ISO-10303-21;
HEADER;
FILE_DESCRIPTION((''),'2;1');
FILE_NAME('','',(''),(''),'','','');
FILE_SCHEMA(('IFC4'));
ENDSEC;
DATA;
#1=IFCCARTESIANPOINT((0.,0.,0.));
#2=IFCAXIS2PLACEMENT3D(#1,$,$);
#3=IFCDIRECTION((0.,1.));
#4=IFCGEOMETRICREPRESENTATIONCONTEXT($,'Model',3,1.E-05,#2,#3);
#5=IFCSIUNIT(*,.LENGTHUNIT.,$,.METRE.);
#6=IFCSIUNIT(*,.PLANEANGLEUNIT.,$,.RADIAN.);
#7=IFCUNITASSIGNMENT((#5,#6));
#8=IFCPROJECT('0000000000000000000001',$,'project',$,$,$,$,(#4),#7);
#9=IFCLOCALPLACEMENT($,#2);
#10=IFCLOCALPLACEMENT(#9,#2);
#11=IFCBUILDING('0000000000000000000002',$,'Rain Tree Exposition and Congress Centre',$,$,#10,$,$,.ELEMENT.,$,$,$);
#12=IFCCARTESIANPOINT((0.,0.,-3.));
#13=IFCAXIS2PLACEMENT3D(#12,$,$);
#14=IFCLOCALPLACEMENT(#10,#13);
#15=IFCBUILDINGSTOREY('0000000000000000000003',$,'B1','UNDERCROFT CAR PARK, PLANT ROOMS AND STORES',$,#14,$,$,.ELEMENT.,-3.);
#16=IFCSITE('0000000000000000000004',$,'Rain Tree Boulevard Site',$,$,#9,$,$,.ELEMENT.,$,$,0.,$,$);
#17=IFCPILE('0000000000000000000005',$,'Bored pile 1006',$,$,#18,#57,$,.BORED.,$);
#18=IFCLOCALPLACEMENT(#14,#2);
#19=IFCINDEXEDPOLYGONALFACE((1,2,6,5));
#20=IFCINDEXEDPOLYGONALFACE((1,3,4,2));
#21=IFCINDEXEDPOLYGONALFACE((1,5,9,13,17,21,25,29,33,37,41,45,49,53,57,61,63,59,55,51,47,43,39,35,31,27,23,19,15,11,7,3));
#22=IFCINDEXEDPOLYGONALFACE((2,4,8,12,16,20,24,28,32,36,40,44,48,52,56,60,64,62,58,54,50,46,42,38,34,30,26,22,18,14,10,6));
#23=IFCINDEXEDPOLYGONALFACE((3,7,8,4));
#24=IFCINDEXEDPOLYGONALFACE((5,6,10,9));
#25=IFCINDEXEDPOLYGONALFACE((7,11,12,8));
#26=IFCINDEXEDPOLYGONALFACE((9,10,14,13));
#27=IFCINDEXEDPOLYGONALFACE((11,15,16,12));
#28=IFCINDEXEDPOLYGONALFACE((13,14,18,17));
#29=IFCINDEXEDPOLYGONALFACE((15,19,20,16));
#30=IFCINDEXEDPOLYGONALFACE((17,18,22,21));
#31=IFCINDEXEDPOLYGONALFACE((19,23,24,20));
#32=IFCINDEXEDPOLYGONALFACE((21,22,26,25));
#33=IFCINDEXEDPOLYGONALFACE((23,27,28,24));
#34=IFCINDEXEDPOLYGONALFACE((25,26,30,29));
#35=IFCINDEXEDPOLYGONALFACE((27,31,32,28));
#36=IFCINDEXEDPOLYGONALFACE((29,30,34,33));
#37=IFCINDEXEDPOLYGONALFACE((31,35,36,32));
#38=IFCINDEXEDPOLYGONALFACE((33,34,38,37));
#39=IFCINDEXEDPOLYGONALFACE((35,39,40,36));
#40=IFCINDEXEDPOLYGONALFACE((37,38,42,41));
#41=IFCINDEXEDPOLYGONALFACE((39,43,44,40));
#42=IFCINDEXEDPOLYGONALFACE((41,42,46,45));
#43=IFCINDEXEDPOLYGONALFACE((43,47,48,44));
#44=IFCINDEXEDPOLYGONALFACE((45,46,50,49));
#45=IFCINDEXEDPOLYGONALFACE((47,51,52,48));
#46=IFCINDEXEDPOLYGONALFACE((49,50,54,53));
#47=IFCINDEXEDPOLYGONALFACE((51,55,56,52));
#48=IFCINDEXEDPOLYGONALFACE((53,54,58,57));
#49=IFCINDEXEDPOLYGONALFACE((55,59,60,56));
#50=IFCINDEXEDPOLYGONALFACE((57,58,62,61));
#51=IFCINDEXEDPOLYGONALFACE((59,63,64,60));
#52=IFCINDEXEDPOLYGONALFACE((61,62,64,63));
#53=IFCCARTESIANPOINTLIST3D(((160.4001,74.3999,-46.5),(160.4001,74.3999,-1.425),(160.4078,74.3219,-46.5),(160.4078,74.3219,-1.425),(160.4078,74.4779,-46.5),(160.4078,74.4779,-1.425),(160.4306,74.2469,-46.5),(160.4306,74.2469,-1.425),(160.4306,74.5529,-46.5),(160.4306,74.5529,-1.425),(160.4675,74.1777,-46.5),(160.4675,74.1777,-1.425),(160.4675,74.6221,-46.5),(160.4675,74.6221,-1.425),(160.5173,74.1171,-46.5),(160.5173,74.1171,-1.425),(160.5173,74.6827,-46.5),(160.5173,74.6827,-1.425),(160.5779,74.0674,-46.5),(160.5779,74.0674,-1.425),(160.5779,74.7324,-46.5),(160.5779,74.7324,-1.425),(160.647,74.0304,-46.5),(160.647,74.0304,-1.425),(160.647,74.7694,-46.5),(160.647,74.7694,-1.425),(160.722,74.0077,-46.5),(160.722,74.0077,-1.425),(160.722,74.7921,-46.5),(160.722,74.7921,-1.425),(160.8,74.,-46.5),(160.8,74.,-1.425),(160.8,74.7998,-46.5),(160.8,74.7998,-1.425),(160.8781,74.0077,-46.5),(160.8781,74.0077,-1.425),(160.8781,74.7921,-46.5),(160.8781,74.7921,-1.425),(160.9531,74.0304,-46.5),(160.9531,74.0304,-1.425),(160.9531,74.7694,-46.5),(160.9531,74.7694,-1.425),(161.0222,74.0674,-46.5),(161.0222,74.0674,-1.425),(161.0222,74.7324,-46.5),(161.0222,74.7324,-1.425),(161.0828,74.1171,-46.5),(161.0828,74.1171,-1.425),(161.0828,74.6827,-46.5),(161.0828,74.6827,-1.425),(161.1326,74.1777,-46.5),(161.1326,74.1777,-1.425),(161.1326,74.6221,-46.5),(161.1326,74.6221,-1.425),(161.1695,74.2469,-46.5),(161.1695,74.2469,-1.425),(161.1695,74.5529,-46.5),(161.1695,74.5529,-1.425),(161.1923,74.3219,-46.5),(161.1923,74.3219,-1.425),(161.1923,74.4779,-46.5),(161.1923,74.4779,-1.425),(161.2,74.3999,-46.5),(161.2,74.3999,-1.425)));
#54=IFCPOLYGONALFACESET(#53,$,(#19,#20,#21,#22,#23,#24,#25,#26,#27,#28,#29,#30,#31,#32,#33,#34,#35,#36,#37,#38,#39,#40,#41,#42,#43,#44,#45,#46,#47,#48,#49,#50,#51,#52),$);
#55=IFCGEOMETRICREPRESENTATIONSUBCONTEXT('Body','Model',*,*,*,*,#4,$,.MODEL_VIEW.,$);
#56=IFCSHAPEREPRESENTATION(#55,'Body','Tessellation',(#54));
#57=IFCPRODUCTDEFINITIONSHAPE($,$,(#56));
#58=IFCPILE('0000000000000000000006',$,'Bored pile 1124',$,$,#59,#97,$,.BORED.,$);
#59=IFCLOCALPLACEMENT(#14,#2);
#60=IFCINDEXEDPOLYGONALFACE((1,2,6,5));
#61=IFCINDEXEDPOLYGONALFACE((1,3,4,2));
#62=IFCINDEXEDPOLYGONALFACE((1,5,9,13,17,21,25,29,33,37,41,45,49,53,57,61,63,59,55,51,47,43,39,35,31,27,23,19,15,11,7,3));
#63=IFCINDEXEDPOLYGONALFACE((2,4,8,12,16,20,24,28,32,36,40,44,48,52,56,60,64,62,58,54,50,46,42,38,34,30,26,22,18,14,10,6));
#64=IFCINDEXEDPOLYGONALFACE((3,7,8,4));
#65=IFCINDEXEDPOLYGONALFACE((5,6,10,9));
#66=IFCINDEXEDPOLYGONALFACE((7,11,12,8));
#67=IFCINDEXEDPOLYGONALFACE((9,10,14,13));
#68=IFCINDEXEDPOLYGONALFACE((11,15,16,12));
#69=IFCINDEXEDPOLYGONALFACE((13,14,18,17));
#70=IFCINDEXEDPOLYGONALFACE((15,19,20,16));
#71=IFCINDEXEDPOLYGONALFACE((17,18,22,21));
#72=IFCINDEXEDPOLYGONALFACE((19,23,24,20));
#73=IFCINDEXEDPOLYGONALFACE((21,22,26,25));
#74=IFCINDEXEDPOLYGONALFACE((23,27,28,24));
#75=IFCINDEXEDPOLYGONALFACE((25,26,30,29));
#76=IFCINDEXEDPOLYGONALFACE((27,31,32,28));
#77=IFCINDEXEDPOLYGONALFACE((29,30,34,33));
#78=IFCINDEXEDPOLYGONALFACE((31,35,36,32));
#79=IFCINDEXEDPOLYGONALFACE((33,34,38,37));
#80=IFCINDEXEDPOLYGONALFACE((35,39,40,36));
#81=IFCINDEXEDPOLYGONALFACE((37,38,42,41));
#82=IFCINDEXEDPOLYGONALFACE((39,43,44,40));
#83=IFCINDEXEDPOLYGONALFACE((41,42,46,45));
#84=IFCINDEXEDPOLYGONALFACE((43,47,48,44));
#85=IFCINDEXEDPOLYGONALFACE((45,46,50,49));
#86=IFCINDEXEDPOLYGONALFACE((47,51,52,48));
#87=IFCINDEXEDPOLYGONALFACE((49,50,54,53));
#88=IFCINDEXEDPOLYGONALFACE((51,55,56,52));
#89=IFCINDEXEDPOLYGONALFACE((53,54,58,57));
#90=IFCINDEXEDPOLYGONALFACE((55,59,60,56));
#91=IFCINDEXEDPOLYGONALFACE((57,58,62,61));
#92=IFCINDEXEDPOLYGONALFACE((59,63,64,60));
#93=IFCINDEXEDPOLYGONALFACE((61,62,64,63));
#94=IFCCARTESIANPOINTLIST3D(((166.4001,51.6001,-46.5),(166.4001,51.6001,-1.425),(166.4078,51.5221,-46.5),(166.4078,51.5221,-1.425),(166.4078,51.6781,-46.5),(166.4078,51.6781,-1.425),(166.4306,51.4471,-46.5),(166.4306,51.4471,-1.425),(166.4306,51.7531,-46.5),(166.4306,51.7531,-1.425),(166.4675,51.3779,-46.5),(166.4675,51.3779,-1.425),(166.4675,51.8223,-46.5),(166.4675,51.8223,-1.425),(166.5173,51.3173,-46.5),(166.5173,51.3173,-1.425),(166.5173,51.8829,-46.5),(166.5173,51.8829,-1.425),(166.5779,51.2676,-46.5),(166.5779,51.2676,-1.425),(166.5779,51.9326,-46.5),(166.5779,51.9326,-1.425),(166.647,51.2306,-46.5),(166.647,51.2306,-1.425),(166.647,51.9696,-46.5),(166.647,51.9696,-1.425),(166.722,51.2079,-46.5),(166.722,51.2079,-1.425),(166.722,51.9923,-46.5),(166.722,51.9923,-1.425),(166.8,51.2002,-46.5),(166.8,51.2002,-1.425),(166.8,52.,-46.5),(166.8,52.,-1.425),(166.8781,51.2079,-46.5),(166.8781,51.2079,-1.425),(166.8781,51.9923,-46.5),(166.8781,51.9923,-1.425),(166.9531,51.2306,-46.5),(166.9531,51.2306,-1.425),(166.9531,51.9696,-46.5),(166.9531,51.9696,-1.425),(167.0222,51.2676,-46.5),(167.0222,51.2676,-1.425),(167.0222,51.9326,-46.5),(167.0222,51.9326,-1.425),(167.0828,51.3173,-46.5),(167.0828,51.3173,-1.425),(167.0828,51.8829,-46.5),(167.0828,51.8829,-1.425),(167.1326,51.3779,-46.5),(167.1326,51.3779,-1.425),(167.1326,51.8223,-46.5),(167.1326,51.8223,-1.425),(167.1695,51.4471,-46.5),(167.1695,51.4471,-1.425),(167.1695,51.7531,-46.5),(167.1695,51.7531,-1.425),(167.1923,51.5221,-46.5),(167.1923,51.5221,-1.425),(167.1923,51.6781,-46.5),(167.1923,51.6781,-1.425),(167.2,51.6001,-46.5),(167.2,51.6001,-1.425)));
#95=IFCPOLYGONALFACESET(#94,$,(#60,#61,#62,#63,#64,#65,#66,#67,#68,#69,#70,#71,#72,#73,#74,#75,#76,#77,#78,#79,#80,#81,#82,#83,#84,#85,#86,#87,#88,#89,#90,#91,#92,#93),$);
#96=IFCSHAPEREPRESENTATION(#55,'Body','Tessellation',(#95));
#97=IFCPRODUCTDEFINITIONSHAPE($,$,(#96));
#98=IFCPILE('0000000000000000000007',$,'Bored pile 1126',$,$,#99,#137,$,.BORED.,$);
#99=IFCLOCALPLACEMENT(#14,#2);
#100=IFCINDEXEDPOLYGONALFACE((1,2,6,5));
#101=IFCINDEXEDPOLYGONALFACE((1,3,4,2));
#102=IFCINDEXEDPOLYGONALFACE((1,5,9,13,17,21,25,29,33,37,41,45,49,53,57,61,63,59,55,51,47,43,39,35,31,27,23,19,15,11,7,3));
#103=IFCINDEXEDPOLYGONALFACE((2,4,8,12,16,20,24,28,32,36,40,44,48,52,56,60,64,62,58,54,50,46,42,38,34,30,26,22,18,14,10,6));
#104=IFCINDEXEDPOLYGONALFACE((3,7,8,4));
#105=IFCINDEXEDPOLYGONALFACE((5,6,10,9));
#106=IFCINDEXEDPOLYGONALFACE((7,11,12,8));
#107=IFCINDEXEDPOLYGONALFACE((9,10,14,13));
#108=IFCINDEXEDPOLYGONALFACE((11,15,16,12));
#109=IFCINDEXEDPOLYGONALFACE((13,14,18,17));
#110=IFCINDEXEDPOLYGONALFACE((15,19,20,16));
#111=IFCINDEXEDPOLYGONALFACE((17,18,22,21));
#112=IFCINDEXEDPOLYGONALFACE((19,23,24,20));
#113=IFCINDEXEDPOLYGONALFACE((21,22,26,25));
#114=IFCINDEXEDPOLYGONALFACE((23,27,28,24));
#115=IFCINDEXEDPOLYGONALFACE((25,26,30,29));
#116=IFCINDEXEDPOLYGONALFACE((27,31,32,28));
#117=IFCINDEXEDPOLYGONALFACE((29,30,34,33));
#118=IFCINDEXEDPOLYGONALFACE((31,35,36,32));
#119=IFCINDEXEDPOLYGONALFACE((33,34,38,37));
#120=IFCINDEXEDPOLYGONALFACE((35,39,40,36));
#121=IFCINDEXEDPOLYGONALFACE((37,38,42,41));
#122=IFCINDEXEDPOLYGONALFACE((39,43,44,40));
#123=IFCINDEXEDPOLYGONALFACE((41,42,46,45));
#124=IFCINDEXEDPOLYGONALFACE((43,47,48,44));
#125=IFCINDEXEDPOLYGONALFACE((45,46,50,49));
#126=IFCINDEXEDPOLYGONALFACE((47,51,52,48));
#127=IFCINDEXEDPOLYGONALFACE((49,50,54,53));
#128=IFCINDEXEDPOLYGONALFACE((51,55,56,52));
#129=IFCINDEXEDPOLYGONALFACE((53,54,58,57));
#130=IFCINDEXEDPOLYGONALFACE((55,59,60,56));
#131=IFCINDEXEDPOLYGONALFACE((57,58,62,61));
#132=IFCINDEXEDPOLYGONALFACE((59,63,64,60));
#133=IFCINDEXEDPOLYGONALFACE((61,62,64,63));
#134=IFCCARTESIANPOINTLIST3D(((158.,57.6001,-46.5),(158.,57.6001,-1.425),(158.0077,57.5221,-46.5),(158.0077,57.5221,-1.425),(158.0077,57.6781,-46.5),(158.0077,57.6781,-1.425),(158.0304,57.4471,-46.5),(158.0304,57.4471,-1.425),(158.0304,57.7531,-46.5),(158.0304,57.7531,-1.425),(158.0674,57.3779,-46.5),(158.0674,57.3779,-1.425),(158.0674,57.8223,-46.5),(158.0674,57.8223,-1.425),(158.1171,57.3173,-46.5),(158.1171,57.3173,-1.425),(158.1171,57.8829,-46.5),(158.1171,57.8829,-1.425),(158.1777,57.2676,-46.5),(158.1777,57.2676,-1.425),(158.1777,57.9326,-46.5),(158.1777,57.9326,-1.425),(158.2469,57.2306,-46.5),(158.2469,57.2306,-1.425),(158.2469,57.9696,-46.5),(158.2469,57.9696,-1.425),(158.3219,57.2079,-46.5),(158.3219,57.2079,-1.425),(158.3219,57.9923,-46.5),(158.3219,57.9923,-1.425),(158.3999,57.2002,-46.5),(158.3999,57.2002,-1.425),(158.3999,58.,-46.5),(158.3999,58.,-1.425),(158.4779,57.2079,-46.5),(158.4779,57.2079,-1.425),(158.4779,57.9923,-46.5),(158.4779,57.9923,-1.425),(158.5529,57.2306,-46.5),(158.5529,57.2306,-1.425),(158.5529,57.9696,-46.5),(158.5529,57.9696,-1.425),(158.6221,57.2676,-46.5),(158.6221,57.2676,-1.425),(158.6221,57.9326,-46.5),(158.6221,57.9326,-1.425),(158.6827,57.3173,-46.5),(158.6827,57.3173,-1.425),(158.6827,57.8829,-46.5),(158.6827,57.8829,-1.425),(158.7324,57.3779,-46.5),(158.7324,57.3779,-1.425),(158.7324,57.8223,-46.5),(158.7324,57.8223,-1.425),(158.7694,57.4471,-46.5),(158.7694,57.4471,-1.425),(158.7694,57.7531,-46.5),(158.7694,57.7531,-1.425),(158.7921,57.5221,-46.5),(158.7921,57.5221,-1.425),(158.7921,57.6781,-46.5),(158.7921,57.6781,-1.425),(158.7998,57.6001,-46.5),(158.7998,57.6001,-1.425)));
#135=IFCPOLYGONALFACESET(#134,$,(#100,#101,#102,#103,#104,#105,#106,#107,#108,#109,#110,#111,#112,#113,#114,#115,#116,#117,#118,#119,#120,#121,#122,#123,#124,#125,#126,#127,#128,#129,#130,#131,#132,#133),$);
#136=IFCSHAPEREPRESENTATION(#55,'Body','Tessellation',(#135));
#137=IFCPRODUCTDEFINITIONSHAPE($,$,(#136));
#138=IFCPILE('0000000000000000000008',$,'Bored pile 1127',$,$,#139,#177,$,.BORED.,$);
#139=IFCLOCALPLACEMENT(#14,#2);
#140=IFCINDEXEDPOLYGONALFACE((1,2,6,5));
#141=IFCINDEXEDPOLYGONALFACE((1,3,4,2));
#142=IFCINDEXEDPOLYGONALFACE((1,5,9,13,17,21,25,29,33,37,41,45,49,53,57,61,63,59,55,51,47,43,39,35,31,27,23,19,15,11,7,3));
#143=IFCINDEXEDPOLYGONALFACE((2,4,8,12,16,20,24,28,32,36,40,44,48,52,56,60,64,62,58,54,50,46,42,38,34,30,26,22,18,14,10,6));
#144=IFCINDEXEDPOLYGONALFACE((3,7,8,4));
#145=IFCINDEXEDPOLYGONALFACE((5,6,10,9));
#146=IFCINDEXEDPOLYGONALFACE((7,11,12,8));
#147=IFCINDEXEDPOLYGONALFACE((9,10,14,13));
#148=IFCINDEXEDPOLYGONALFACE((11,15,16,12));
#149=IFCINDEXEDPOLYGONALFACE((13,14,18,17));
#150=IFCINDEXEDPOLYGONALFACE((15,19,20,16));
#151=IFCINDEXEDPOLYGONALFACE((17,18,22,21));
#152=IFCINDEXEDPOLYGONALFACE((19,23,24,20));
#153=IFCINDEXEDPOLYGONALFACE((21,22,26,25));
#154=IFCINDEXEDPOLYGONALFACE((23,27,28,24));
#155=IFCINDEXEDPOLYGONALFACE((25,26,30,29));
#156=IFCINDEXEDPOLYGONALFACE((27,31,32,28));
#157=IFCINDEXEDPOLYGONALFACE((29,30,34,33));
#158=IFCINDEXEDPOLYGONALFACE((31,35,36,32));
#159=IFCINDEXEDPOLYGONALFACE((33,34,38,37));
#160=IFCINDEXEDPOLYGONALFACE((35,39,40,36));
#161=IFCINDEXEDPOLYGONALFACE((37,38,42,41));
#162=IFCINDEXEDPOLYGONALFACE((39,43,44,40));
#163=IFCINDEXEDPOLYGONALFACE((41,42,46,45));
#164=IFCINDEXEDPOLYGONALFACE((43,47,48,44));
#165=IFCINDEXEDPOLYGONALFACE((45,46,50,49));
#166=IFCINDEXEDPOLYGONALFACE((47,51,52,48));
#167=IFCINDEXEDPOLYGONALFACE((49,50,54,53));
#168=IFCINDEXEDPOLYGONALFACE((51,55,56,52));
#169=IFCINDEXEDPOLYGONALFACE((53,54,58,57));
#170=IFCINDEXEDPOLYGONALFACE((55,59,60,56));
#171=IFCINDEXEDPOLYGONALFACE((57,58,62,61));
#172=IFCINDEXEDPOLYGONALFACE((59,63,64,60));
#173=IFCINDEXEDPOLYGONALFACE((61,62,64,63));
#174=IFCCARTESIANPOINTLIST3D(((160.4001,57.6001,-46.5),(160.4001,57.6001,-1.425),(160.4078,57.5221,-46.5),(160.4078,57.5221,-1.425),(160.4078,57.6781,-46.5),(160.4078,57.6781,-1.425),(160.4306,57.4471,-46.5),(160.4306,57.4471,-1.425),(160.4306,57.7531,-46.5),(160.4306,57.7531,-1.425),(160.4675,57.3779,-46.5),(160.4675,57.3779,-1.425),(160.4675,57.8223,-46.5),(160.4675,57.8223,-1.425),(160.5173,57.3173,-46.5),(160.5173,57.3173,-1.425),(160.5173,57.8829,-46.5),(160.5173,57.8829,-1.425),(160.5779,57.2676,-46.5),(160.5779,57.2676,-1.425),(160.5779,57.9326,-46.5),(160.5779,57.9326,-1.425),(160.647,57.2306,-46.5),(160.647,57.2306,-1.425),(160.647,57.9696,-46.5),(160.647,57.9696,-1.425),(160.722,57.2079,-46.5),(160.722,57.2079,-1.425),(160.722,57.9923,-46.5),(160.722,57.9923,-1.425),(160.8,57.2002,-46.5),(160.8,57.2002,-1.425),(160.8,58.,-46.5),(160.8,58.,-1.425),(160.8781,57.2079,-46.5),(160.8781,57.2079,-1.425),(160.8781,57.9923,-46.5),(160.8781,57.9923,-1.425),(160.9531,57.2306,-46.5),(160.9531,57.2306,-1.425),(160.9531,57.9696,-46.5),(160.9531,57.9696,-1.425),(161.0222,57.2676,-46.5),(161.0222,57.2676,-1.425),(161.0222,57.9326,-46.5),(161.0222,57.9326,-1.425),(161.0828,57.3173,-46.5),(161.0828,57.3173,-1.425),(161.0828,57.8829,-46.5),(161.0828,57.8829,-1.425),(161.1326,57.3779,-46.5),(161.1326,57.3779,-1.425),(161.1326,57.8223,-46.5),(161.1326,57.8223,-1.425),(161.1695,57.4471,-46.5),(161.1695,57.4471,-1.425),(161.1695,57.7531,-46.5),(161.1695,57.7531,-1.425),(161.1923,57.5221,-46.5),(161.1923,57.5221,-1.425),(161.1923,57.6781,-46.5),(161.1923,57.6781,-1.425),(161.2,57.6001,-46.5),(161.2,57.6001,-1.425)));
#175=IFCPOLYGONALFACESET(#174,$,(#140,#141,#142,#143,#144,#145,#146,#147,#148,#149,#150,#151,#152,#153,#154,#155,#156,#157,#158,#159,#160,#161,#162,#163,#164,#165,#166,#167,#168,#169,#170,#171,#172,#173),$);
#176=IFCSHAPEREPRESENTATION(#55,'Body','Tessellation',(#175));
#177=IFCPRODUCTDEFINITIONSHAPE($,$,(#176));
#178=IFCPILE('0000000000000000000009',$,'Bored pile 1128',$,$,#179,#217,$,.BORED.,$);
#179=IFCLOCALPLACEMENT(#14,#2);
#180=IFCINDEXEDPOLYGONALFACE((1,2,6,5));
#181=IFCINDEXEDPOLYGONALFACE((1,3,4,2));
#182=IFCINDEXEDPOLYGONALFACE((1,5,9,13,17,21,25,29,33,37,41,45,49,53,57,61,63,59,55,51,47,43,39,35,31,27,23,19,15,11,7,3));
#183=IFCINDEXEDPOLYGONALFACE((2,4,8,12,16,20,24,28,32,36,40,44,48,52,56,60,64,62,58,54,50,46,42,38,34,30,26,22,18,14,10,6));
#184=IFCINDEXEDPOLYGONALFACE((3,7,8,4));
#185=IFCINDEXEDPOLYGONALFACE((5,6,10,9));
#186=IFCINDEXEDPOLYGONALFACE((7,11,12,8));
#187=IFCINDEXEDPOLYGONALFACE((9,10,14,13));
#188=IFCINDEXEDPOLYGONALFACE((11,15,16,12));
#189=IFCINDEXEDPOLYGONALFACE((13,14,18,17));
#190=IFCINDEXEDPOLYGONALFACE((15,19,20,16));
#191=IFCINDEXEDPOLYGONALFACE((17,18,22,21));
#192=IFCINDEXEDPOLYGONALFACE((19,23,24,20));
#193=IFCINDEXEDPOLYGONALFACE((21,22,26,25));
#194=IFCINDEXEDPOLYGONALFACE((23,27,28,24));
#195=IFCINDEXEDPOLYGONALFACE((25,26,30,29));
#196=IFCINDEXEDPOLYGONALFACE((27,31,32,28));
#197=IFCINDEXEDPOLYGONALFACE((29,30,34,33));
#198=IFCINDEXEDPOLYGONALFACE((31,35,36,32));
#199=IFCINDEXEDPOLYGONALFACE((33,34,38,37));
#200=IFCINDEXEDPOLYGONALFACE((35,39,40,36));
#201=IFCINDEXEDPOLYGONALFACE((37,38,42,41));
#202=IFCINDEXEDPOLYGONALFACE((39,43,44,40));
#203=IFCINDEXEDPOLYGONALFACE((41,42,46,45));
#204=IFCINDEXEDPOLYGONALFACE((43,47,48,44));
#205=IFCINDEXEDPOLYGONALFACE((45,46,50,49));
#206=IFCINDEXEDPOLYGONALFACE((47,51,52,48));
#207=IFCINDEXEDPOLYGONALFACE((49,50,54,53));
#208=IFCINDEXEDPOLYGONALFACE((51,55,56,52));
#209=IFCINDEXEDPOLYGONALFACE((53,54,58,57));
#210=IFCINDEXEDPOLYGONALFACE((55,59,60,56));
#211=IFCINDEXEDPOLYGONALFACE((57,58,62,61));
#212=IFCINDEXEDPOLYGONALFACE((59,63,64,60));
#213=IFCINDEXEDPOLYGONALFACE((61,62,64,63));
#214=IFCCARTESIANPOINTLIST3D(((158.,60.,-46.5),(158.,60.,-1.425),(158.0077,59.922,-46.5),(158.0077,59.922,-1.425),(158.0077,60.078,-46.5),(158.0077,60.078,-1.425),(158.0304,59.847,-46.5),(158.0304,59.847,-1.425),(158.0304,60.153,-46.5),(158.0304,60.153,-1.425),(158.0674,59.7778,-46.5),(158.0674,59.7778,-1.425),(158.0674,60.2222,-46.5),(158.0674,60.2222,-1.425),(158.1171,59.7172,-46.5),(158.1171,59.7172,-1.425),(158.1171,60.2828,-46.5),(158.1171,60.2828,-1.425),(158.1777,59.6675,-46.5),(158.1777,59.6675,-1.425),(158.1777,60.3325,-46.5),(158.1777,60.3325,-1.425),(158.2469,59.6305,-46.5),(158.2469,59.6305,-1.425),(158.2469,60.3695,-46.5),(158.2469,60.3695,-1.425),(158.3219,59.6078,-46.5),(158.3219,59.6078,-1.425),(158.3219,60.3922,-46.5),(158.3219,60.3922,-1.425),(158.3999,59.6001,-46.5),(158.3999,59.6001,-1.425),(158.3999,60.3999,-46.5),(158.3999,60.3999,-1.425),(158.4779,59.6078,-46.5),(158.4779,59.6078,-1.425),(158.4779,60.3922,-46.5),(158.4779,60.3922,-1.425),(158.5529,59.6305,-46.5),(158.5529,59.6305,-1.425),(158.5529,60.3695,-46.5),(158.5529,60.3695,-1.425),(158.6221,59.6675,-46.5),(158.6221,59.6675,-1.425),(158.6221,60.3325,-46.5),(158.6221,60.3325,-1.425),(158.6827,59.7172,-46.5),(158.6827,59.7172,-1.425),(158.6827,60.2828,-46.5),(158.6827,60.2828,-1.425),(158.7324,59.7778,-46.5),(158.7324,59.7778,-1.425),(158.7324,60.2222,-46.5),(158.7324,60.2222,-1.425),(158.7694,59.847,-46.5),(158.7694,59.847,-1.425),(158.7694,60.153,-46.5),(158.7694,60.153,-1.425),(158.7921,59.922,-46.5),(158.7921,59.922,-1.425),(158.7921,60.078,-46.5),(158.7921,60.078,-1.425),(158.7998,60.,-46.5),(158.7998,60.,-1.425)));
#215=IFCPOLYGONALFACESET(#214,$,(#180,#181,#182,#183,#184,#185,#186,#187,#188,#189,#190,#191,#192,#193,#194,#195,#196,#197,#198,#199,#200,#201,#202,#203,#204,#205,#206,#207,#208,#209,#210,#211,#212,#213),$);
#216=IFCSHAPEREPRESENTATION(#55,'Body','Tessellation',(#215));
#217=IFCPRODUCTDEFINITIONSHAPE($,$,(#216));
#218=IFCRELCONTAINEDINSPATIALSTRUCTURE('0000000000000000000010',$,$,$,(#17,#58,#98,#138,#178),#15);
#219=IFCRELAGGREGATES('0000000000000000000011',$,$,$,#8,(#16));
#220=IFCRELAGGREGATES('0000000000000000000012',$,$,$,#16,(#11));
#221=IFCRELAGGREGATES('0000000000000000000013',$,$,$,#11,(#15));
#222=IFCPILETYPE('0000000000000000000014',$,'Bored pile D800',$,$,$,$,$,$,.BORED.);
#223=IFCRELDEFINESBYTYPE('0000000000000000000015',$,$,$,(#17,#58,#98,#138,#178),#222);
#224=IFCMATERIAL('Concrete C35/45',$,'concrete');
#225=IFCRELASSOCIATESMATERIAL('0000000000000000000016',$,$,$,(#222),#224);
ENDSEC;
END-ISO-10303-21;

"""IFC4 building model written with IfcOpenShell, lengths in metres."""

from ifc_helpers import new_model, si_unit, direction, frame, origin, origin_2d, place, context, subcontext, project, spatial, circle, extrude, material, material_profile, profile_set, type_object, element, save


model = new_model("IFC4")

# Units and contexts
model_context = context("Model", 3, precision=1e-05, world=origin(), true_north=direction((0.0, 1.0)))
body_context = subcontext(model_context, "Body", "Model", "MODEL_VIEW")
ifc_project = project(units=[si_unit("LENGTHUNIT", "METRE"), si_unit("PLANEANGLEUNIT", "RADIAN")], contexts=[model_context])

# Site, building, storey
site_placement = place(None, origin())
site = spatial("IfcSite", under=ifc_project, at=site_placement, Name="Rain Tree Boulevard Site", CompositionType="ELEMENT", RefElevation=0.0)
building_placement = place(site_placement, origin())
building = spatial("IfcBuilding", under=site, at=building_placement, Name="Rain Tree Exposition and Congress Centre", CompositionType="ELEMENT")
storey_placement = place(building_placement, frame((0.0, 0.0, -3.0)))
storey = spatial("IfcBuildingStorey", under=building, at=storey_placement, Name="B1", Description="UNDERCROFT CAR PARK, PLANT ROOMS AND STORES", CompositionType="ELEMENT", Elevation=-3.0)

# Piles
ifc_material_1 = material(Name="Concrete C35/45", Category="concrete")
ifc_material_profile_1 = material_profile(ifc_material_1, circle(Radius=0.3999, at=origin_2d()), Name="D800")
ifc_profile_set_1 = profile_set([ifc_material_profile_1], Name="Concrete C35/45")
pile_type_1 = type_object("IfcPileType", Name="Bored pile D800", PredefinedType="BORED", material=ifc_profile_set_1)
for number, where, z_axis, x_axis, name in (
    (1, (160.8, 74.3999, -1.425), (0.0, 0.0, -1.0), (1.0, 0.0, 0.0), "Bored pile 1006"),
    (2, (166.8, 51.6001, -1.425), (0.0, 0.0, -1.0), (1.0, 0.0, 0.0), "Bored pile 1124"),
    (3, (158.3999, 57.6001, -1.425), (0.0, 0.0, -1.0), (1.0, 0.0, 0.0), "Bored pile 1126"),
    (4, (160.8, 57.6001, -1.425), (0.0, 0.0, -1.0), (1.0, 0.0, 0.0), "Bored pile 1127"),
    (5, (158.3999, 60.0, -1.425), (0.0, 0.0, -1.0), (1.0, 0.0, 0.0), "Bored pile 1128"),
):
    element("IfcPile", number, at=place(storey_placement, frame(where, z_axis=z_axis, x_axis=x_axis)), inside=storey, type_object=pile_type_1, Name=name, PredefinedType="BORED", context=body_context, shape_type="SweptSolid", body=[
        extrude(circle(Radius=0.3999, at=origin_2d()), origin(), (0.0, 0.0, 1.0), 45.075),
    ])

save(model, "model.ifc")
